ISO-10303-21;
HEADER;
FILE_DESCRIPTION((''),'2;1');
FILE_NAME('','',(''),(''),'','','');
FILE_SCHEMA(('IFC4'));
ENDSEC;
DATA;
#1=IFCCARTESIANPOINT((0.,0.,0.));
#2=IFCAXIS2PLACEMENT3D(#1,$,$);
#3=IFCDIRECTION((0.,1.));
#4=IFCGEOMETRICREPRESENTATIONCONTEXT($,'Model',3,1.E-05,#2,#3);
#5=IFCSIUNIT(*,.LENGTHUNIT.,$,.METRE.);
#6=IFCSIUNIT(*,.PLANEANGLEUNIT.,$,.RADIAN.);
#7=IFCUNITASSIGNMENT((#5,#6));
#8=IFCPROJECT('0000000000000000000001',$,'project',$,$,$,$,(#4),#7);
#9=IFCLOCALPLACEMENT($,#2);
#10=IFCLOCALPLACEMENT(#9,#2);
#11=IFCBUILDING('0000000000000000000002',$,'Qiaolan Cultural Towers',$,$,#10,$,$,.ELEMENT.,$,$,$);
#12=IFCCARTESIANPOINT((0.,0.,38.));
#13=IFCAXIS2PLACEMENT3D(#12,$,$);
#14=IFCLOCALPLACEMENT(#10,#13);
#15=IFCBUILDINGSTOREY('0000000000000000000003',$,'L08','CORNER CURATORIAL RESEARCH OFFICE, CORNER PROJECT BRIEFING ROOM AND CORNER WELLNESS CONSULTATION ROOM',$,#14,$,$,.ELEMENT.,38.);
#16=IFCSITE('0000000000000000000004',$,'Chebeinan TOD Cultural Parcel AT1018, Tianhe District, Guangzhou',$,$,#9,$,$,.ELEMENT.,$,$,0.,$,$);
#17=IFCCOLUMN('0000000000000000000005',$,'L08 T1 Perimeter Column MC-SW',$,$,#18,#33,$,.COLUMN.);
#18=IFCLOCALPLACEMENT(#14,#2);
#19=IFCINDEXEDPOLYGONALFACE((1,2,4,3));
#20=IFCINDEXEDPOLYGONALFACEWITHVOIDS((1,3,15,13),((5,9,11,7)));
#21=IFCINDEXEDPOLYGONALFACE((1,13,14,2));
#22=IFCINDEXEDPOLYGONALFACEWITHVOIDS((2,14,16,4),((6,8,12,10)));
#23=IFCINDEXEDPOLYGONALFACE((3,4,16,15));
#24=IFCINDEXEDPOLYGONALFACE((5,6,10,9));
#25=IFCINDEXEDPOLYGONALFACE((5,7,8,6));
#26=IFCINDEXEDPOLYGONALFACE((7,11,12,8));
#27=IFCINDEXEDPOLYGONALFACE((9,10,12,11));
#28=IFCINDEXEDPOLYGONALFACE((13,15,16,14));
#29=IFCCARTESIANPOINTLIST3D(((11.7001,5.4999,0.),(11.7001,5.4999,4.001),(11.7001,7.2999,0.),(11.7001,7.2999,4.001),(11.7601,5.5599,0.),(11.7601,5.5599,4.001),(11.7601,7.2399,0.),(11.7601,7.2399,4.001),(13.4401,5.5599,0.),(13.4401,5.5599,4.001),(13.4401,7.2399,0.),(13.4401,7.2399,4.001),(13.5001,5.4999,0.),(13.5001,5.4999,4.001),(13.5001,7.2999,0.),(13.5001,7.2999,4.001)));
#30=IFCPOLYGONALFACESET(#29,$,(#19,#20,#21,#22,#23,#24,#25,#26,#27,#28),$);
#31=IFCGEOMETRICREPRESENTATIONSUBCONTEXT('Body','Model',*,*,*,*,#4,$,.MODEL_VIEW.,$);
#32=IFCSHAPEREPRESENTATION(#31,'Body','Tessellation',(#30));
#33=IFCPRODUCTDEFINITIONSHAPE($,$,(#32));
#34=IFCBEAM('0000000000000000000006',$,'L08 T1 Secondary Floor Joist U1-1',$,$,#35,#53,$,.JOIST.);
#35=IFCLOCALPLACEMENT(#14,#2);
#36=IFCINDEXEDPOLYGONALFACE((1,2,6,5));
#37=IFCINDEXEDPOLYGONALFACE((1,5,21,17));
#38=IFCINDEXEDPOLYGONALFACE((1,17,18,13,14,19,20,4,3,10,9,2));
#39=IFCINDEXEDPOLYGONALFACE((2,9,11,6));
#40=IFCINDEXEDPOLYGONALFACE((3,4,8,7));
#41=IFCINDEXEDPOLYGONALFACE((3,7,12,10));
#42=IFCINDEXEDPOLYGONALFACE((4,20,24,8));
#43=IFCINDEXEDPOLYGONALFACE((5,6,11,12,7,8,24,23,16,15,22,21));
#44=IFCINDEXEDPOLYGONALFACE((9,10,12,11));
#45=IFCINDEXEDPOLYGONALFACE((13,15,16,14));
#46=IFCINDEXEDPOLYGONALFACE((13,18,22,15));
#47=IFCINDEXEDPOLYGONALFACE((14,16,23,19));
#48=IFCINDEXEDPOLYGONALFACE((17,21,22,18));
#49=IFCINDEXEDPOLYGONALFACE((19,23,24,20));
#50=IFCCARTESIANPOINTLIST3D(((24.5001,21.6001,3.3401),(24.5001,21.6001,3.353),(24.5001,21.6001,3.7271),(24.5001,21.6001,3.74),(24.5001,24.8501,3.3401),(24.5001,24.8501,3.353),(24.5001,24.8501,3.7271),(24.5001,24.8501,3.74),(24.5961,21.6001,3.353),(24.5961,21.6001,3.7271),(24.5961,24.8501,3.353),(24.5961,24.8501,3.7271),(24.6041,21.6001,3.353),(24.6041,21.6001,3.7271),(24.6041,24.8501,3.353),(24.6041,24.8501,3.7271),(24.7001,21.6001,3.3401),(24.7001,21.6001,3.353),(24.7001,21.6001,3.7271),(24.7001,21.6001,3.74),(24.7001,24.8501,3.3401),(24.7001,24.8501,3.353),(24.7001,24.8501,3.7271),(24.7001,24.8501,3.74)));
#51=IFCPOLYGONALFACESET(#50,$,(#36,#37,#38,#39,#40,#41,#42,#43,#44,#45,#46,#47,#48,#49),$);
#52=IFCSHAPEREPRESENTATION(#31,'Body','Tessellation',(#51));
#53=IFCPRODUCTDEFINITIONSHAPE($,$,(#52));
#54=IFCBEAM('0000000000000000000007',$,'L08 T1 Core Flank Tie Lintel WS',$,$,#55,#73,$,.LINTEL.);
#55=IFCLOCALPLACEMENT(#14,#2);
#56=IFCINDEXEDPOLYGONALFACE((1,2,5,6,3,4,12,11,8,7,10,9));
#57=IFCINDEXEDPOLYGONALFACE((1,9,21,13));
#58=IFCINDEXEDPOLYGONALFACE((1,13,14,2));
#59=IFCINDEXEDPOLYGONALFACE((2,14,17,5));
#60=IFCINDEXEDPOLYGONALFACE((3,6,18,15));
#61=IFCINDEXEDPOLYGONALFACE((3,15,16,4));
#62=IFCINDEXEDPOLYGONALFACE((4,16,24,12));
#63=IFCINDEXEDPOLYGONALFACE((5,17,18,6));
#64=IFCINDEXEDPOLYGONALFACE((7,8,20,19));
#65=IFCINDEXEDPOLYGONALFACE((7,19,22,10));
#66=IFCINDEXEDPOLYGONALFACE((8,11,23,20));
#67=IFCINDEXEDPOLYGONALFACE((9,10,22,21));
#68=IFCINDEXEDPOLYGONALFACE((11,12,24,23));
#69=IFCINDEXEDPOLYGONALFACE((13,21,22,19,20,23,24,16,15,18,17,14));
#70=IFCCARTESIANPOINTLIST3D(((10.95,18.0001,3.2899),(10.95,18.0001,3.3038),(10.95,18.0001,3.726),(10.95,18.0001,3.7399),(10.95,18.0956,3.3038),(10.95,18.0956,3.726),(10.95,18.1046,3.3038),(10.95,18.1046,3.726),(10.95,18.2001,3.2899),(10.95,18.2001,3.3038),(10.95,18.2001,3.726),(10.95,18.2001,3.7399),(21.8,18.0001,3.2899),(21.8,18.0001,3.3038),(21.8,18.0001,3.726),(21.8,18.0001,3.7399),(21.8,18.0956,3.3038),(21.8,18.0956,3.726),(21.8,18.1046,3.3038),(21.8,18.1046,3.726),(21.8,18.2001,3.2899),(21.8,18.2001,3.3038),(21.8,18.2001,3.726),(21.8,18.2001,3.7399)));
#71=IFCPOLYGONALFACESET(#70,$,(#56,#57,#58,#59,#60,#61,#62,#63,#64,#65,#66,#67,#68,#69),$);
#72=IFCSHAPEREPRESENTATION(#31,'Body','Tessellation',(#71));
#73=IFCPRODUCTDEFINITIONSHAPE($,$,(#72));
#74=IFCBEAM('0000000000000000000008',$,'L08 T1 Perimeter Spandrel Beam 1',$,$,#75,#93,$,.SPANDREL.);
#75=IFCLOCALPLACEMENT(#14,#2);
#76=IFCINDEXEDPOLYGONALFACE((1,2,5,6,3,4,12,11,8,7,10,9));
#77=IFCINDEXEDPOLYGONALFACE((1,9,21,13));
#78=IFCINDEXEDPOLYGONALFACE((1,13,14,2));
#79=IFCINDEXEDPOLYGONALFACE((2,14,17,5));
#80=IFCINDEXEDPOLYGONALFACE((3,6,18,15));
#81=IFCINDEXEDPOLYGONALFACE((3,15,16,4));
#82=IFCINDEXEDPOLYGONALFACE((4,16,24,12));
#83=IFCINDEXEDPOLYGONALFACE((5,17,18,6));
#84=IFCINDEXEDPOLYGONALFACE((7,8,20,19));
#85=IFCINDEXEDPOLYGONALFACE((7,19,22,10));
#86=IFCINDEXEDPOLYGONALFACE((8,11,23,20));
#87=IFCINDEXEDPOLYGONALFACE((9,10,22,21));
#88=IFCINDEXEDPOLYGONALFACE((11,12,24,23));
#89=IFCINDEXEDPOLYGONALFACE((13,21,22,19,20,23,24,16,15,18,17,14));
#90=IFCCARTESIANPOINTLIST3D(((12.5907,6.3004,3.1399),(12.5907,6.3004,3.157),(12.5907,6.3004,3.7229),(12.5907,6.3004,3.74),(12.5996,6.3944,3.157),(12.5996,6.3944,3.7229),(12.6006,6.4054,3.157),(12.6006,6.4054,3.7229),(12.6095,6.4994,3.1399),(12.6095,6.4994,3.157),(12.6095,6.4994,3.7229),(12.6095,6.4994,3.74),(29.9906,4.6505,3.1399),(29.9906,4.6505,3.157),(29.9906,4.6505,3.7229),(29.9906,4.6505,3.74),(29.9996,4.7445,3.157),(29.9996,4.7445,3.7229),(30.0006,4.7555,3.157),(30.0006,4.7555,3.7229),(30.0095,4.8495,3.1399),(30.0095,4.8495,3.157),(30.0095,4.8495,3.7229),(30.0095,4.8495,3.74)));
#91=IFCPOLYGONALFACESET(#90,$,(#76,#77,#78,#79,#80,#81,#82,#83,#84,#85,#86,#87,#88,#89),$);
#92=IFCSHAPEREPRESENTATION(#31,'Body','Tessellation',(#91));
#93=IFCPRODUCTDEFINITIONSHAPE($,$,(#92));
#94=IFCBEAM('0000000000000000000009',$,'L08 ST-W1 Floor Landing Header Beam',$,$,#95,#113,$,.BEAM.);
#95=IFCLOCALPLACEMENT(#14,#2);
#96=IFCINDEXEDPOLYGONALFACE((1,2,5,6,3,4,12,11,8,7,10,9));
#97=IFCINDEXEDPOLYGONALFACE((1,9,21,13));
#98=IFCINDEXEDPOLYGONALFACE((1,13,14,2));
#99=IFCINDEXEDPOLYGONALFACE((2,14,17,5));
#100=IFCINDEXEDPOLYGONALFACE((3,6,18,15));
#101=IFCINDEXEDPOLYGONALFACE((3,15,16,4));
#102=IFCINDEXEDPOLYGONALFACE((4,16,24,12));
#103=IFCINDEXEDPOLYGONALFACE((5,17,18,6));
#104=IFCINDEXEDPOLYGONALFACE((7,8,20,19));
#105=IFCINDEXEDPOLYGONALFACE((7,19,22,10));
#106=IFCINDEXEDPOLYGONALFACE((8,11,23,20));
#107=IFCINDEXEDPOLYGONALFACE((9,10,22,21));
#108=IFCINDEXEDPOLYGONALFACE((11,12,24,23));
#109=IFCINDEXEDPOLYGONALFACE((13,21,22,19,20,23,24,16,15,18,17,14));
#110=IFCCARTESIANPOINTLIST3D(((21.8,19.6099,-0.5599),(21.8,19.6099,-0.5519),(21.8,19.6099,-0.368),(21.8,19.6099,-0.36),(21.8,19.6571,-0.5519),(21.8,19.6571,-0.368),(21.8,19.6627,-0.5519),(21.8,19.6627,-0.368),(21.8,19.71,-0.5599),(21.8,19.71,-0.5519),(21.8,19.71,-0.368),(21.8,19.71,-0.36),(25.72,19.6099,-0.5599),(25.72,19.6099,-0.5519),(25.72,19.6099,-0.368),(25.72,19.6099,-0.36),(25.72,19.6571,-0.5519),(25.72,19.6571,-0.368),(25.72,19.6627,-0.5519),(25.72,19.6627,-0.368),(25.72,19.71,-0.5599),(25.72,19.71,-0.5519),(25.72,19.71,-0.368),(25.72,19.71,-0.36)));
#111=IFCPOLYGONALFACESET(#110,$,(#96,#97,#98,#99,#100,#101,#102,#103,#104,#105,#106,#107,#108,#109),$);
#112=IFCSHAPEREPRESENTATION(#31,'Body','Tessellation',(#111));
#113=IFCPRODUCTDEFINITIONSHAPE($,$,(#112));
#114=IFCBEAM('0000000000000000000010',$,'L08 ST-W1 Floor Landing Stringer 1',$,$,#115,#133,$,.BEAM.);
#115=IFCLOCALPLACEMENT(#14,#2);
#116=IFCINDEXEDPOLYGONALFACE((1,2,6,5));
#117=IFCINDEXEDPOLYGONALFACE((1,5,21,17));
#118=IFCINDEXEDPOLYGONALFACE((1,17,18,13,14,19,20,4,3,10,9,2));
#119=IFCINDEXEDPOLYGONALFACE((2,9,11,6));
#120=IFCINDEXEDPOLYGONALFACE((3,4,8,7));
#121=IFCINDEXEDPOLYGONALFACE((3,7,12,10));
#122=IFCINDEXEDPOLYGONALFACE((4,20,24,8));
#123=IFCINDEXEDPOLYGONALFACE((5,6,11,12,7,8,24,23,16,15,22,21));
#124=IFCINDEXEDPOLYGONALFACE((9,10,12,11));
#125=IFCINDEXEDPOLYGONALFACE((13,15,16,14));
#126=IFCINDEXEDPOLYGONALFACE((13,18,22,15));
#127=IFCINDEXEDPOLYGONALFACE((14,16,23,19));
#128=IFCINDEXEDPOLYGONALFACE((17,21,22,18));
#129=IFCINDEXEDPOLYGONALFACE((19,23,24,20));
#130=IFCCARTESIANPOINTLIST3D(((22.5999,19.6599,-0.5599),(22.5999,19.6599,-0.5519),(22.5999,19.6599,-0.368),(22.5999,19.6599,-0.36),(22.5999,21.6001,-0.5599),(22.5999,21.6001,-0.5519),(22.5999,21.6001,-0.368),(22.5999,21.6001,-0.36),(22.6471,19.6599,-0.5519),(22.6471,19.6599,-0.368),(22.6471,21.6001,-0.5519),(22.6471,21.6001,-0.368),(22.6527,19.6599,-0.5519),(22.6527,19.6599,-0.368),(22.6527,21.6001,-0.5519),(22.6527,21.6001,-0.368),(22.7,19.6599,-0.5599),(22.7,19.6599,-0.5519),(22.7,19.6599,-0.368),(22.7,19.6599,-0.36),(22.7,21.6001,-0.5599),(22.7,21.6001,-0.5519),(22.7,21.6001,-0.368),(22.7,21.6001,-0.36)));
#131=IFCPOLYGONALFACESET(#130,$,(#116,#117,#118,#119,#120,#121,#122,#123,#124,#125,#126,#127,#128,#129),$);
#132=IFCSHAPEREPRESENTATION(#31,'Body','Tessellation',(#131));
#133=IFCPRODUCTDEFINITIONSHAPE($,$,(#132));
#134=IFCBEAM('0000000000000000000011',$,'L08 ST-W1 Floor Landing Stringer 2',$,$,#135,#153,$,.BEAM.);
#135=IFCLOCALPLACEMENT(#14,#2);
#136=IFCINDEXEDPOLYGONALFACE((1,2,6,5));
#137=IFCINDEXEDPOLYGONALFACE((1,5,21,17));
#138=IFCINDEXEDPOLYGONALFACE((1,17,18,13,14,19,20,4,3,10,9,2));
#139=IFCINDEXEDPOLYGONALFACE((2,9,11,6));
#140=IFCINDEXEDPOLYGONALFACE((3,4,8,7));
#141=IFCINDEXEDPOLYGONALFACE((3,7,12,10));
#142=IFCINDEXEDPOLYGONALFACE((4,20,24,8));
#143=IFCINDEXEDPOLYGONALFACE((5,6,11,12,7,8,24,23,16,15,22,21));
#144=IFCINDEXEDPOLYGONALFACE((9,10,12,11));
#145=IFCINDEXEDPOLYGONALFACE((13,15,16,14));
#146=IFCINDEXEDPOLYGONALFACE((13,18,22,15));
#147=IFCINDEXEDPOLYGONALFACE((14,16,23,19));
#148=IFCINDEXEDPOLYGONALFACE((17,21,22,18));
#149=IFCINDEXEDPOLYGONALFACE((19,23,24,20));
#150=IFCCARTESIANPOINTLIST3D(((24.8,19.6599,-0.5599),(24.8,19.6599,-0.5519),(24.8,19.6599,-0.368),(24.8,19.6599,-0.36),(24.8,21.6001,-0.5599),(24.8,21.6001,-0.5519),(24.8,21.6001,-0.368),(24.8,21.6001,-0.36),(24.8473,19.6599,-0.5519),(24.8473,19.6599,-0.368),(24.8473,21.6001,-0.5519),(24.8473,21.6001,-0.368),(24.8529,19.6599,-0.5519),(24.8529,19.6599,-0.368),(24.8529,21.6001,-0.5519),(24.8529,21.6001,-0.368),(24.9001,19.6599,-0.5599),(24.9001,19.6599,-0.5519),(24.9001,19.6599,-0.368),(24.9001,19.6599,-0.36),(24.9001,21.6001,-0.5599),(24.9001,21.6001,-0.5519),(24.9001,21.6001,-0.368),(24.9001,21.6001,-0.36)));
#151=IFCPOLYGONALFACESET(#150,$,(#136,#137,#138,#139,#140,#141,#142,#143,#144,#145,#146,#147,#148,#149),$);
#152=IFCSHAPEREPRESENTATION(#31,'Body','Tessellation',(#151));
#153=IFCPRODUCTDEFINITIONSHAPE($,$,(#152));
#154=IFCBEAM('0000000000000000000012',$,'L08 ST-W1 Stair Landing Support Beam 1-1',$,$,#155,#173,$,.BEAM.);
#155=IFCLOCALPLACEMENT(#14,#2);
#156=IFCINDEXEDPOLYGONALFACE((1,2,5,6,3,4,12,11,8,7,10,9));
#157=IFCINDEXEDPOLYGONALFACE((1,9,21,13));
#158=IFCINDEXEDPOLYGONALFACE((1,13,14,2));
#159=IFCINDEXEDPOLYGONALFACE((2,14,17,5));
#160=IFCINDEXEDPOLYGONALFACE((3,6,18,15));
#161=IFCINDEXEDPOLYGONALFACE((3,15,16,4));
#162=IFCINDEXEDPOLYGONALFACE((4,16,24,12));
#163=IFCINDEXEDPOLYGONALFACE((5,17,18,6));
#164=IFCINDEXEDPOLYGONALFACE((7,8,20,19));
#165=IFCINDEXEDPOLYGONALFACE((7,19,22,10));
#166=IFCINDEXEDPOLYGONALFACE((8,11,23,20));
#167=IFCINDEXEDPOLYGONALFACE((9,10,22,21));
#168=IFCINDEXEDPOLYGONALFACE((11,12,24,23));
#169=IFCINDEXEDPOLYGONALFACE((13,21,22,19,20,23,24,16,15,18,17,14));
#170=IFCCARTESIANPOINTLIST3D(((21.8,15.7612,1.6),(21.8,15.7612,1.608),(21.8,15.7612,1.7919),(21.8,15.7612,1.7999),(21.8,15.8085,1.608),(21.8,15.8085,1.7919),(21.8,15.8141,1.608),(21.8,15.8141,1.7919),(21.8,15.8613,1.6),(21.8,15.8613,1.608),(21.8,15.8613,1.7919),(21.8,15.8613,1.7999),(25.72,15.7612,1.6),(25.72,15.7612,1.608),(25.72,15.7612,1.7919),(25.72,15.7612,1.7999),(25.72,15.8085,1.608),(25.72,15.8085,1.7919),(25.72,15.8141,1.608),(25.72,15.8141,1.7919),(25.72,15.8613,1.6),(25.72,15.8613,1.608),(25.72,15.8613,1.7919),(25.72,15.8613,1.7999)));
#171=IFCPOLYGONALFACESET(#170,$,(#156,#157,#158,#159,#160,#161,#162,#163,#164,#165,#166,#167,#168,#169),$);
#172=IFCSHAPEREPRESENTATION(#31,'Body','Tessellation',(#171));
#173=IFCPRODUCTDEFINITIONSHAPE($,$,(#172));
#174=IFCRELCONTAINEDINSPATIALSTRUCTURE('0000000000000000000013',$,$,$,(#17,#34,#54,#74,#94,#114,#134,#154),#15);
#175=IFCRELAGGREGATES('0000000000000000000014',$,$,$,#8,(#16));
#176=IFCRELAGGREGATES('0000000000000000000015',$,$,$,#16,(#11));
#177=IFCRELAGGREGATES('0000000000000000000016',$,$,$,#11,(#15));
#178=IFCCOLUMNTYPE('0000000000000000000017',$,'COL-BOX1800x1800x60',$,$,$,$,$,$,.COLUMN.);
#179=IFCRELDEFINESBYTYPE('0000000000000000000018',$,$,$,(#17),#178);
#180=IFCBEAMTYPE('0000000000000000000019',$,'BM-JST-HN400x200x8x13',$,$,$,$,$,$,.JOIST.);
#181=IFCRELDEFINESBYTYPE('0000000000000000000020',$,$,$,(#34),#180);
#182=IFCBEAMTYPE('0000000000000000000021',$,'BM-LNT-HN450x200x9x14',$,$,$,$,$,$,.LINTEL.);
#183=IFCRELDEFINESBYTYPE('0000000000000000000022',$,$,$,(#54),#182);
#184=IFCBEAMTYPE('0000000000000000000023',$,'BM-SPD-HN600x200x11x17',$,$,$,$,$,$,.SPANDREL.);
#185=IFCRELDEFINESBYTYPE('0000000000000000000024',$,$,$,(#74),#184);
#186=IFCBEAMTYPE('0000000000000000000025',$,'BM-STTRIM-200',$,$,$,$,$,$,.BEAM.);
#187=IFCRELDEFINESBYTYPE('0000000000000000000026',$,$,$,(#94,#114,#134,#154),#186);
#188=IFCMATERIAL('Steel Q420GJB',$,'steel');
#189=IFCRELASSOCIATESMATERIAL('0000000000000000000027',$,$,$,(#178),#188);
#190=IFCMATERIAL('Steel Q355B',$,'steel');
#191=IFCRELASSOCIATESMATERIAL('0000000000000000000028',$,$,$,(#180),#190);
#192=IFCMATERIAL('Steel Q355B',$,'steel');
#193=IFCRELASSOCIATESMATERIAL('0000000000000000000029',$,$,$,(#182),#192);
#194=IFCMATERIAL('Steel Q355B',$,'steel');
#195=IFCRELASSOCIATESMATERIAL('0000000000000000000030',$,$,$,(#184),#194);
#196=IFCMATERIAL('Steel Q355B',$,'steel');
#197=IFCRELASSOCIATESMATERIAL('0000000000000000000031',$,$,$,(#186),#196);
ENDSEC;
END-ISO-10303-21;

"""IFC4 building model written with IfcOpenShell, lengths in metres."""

from ifc_helpers import new_model, si_unit, direction, frame, origin, origin_2d, place, context, subcontext, project, spatial, hollow_rectangle, i_section, extrude, material, material_profile, profile_set, type_object, element, save


model = new_model("IFC4")

# Units and contexts
model_context = context("Model", 3, precision=1e-05, world=origin(), true_north=direction((0.0, 1.0)))
body_context = subcontext(model_context, "Body", "Model", "MODEL_VIEW")
ifc_project = project(units=[si_unit("LENGTHUNIT", "METRE"), si_unit("PLANEANGLEUNIT", "RADIAN")], contexts=[model_context])

# Site, building, storey
site_placement = place(None, origin())
site = spatial("IfcSite", under=ifc_project, at=site_placement, Name="Chebeinan TOD Cultural Parcel AT1018, Tianhe District, Guangzhou", CompositionType="ELEMENT", RefElevation=0.0)
building_placement = place(site_placement, origin())
building = spatial("IfcBuilding", under=site, at=building_placement, Name="Qiaolan Cultural Towers", CompositionType="ELEMENT")
storey_placement = place(building_placement, frame((0.0, 0.0, 38.0)))
storey = spatial("IfcBuildingStorey", under=building, at=storey_placement, Name="L08", Description="CORNER CURATORIAL RESEARCH OFFICE, CORNER PROJECT BRIEFING ROOM AND CORNER WELLNESS CONSULTATION ROOM", CompositionType="ELEMENT", Elevation=38.0)

# Column
ifc_material_1 = material(Name="Steel Q420GJB", Category="steel")
ifc_material_profile_1 = material_profile(ifc_material_1, hollow_rectangle(XDim=1.8, YDim=1.8, WallThickness=0.0601, at=origin_2d()), Name="BOX1800x1800x60")
ifc_profile_set_1 = profile_set([ifc_material_profile_1], Name="Steel Q420GJB")
column_type = type_object("IfcColumnType", Name="COL-BOX1800x1800x60", PredefinedType="COLUMN", material=ifc_profile_set_1)
column_placement = place(storey_placement, frame((12.6001, 6.3999, 0.0), z_axis=(0.0, 0.0, 1.0), x_axis=(1.0, 0.0, 0.0)))
element("IfcColumn", 1, at=column_placement, inside=storey, type_object=column_type, Name="L08 T1 Perimeter Column MC-SW", PredefinedType="COLUMN", context=body_context, shape_type="SweptSolid", body=[
    extrude(hollow_rectangle(XDim=1.8, YDim=1.8, WallThickness=0.0601, at=origin_2d()), origin(), (0.0, 0.0, 1.0), 4.001),
])

# Beams
ifc_material_2 = material(Name="Steel Q355B", Category="steel")
ifc_material_profile_2 = material_profile(ifc_material_2, i_section(OverallWidth=0.2, OverallDepth=0.3999, WebThickness=0.0081, FlangeThickness=0.0129, at=origin_2d()), Name="HN400x200x8x13")
ifc_profile_set_2 = profile_set([ifc_material_profile_2], Name="Steel Q355B")
beam_type_1 = type_object("IfcBeamType", Name="BM-JST-HN400x200x8x13", PredefinedType="JOIST", material=ifc_profile_set_2)
beam_1_placement = place(storey_placement, frame((24.6001, 21.6001, 3.54), z_axis=(0.0, 1.0, 0.0), x_axis=(-1.0, 0.0, 0.0)))
element("IfcBeam", 2, at=beam_1_placement, inside=storey, type_object=beam_type_1, Name="L08 T1 Secondary Floor Joist U1-1", PredefinedType="JOIST", context=body_context, shape_type="SweptSolid", body=[
    extrude(i_section(OverallWidth=0.2, OverallDepth=0.3999, WebThickness=0.0081, FlangeThickness=0.0129, at=origin_2d()), origin(), (0.0, 0.0, 1.0), 3.25),
])
ifc_material_3 = material(Name="Steel Q355B", Category="steel")
ifc_material_profile_3 = material_profile(ifc_material_3, i_section(OverallWidth=0.2, OverallDepth=0.45, WebThickness=0.009, FlangeThickness=0.0139, at=origin_2d()), Name="HN450x200x9x14")
ifc_profile_set_3 = profile_set([ifc_material_profile_3], Name="Steel Q355B")
beam_type_2 = type_object("IfcBeamType", Name="BM-LNT-HN450x200x9x14", PredefinedType="LINTEL", material=ifc_profile_set_3)
beam_2_placement = place(storey_placement, frame((21.8, 18.1001, 3.5149), z_axis=(-1.0, 0.0, 0.0), x_axis=(0.0, -1.0, 0.0)))
element("IfcBeam", 3, at=beam_2_placement, inside=storey, type_object=beam_type_2, Name="L08 T1 Core Flank Tie Lintel WS", PredefinedType="LINTEL", context=body_context, shape_type="SweptSolid", body=[
    extrude(i_section(OverallWidth=0.2, OverallDepth=0.45, WebThickness=0.009, FlangeThickness=0.0139, at=origin_2d()), origin(), (0.0, 0.0, 1.0), 10.8501),
])
ifc_material_4 = material(Name="Steel Q355B", Category="steel")
ifc_material_profile_4 = material_profile(ifc_material_4, i_section(OverallWidth=0.2, OverallDepth=0.6001, WebThickness=0.011, FlangeThickness=0.0171, at=origin_2d()), Name="HN600x200x11x17")
ifc_profile_set_4 = profile_set([ifc_material_profile_4], Name="Steel Q355B")
beam_type_3 = type_object("IfcBeamType", Name="BM-SPD-HN600x200x11x17", PredefinedType="SPANDREL", material=ifc_profile_set_4)
beam_3_placement = place(storey_placement, frame((12.6001, 6.3999, 3.4399), z_axis=(0.995534, -0.094399, 0.0), x_axis=(0.094399, 0.995534, 0.0)))
element("IfcBeam", 4, at=beam_3_placement, inside=storey, type_object=beam_type_3, Name="L08 T1 Perimeter Spandrel Beam 1", PredefinedType="SPANDREL", context=body_context, shape_type="SweptSolid", body=[
    extrude(i_section(OverallWidth=0.2, OverallDepth=0.6001, WebThickness=0.011, FlangeThickness=0.0171, at=origin_2d()), origin(), (0.0, 0.0, 1.0), 17.478),
])
ifc_material_5 = material(Name="Steel Q355B", Category="steel")
ifc_material_profile_5 = material_profile(ifc_material_5, i_section(OverallWidth=0.1001, OverallDepth=0.2, WebThickness=0.0056, FlangeThickness=0.0081, at=origin_2d()), Name="HN200x100x5.5x8")
ifc_profile_set_5 = profile_set([ifc_material_profile_5], Name="Steel Q355B")
beam_type_4 = type_object("IfcBeamType", Name="BM-STTRIM-200", PredefinedType="BEAM", material=ifc_profile_set_5)
beam_4_placement = place(storey_placement, frame((21.8, 19.6599, -0.46), z_axis=(1.0, 0.0, 0.0), x_axis=(0.0, 1.0, 0.0)))
element("IfcBeam", 5, at=beam_4_placement, inside=storey, type_object=beam_type_4, Name="L08 ST-W1 Floor Landing Header Beam", PredefinedType="BEAM", context=body_context, shape_type="SweptSolid", body=[
    extrude(i_section(OverallWidth=0.1001, OverallDepth=0.2, WebThickness=0.0056, FlangeThickness=0.0081, at=origin_2d()), origin(), (0.0, 0.0, 1.0), 3.9199),
])
for number, where, z_axis, x_axis, name in (
    (6, (22.6499, 21.6001, -0.46), (0.0, -1.0, 0.0), (1.0, 0.0, 0.0), "L08 ST-W1 Floor Landing Stringer 1"),
    (7, (24.8501, 21.6001, -0.46), (0.0, -1.0, 0.0), (1.0, 0.0, 0.0), "L08 ST-W1 Floor Landing Stringer 2"),
):
    element("IfcBeam", number, at=place(storey_placement, frame(where, z_axis=z_axis, x_axis=x_axis)), inside=storey, type_object=beam_type_4, Name=name, PredefinedType="BEAM", context=body_context, shape_type="SweptSolid", body=[
        extrude(i_section(OverallWidth=0.1001, OverallDepth=0.2, WebThickness=0.0056, FlangeThickness=0.0081, at=origin_2d()), origin(), (0.0, 0.0, 1.0), 1.9402),
    ])
for number, where, z_axis, x_axis, name in (
    (8, (21.8, 15.8113, 1.7), (1.0, 0.0, 0.0), (0.0, 1.0, 0.0), "L08 ST-W1 Stair Landing Support Beam 1-1"),
):
    element("IfcBeam", number, at=place(storey_placement, frame(where, z_axis=z_axis, x_axis=x_axis)), inside=storey, type_object=beam_type_4, Name=name, PredefinedType="BEAM", context=body_context, shape_type="SweptSolid", body=[
        extrude(i_section(OverallWidth=0.1001, OverallDepth=0.2, WebThickness=0.0056, FlangeThickness=0.0081, at=origin_2d()), origin(), (0.0, 0.0, 1.0), 3.9199),
    ])

save(model, "model.ifc")
